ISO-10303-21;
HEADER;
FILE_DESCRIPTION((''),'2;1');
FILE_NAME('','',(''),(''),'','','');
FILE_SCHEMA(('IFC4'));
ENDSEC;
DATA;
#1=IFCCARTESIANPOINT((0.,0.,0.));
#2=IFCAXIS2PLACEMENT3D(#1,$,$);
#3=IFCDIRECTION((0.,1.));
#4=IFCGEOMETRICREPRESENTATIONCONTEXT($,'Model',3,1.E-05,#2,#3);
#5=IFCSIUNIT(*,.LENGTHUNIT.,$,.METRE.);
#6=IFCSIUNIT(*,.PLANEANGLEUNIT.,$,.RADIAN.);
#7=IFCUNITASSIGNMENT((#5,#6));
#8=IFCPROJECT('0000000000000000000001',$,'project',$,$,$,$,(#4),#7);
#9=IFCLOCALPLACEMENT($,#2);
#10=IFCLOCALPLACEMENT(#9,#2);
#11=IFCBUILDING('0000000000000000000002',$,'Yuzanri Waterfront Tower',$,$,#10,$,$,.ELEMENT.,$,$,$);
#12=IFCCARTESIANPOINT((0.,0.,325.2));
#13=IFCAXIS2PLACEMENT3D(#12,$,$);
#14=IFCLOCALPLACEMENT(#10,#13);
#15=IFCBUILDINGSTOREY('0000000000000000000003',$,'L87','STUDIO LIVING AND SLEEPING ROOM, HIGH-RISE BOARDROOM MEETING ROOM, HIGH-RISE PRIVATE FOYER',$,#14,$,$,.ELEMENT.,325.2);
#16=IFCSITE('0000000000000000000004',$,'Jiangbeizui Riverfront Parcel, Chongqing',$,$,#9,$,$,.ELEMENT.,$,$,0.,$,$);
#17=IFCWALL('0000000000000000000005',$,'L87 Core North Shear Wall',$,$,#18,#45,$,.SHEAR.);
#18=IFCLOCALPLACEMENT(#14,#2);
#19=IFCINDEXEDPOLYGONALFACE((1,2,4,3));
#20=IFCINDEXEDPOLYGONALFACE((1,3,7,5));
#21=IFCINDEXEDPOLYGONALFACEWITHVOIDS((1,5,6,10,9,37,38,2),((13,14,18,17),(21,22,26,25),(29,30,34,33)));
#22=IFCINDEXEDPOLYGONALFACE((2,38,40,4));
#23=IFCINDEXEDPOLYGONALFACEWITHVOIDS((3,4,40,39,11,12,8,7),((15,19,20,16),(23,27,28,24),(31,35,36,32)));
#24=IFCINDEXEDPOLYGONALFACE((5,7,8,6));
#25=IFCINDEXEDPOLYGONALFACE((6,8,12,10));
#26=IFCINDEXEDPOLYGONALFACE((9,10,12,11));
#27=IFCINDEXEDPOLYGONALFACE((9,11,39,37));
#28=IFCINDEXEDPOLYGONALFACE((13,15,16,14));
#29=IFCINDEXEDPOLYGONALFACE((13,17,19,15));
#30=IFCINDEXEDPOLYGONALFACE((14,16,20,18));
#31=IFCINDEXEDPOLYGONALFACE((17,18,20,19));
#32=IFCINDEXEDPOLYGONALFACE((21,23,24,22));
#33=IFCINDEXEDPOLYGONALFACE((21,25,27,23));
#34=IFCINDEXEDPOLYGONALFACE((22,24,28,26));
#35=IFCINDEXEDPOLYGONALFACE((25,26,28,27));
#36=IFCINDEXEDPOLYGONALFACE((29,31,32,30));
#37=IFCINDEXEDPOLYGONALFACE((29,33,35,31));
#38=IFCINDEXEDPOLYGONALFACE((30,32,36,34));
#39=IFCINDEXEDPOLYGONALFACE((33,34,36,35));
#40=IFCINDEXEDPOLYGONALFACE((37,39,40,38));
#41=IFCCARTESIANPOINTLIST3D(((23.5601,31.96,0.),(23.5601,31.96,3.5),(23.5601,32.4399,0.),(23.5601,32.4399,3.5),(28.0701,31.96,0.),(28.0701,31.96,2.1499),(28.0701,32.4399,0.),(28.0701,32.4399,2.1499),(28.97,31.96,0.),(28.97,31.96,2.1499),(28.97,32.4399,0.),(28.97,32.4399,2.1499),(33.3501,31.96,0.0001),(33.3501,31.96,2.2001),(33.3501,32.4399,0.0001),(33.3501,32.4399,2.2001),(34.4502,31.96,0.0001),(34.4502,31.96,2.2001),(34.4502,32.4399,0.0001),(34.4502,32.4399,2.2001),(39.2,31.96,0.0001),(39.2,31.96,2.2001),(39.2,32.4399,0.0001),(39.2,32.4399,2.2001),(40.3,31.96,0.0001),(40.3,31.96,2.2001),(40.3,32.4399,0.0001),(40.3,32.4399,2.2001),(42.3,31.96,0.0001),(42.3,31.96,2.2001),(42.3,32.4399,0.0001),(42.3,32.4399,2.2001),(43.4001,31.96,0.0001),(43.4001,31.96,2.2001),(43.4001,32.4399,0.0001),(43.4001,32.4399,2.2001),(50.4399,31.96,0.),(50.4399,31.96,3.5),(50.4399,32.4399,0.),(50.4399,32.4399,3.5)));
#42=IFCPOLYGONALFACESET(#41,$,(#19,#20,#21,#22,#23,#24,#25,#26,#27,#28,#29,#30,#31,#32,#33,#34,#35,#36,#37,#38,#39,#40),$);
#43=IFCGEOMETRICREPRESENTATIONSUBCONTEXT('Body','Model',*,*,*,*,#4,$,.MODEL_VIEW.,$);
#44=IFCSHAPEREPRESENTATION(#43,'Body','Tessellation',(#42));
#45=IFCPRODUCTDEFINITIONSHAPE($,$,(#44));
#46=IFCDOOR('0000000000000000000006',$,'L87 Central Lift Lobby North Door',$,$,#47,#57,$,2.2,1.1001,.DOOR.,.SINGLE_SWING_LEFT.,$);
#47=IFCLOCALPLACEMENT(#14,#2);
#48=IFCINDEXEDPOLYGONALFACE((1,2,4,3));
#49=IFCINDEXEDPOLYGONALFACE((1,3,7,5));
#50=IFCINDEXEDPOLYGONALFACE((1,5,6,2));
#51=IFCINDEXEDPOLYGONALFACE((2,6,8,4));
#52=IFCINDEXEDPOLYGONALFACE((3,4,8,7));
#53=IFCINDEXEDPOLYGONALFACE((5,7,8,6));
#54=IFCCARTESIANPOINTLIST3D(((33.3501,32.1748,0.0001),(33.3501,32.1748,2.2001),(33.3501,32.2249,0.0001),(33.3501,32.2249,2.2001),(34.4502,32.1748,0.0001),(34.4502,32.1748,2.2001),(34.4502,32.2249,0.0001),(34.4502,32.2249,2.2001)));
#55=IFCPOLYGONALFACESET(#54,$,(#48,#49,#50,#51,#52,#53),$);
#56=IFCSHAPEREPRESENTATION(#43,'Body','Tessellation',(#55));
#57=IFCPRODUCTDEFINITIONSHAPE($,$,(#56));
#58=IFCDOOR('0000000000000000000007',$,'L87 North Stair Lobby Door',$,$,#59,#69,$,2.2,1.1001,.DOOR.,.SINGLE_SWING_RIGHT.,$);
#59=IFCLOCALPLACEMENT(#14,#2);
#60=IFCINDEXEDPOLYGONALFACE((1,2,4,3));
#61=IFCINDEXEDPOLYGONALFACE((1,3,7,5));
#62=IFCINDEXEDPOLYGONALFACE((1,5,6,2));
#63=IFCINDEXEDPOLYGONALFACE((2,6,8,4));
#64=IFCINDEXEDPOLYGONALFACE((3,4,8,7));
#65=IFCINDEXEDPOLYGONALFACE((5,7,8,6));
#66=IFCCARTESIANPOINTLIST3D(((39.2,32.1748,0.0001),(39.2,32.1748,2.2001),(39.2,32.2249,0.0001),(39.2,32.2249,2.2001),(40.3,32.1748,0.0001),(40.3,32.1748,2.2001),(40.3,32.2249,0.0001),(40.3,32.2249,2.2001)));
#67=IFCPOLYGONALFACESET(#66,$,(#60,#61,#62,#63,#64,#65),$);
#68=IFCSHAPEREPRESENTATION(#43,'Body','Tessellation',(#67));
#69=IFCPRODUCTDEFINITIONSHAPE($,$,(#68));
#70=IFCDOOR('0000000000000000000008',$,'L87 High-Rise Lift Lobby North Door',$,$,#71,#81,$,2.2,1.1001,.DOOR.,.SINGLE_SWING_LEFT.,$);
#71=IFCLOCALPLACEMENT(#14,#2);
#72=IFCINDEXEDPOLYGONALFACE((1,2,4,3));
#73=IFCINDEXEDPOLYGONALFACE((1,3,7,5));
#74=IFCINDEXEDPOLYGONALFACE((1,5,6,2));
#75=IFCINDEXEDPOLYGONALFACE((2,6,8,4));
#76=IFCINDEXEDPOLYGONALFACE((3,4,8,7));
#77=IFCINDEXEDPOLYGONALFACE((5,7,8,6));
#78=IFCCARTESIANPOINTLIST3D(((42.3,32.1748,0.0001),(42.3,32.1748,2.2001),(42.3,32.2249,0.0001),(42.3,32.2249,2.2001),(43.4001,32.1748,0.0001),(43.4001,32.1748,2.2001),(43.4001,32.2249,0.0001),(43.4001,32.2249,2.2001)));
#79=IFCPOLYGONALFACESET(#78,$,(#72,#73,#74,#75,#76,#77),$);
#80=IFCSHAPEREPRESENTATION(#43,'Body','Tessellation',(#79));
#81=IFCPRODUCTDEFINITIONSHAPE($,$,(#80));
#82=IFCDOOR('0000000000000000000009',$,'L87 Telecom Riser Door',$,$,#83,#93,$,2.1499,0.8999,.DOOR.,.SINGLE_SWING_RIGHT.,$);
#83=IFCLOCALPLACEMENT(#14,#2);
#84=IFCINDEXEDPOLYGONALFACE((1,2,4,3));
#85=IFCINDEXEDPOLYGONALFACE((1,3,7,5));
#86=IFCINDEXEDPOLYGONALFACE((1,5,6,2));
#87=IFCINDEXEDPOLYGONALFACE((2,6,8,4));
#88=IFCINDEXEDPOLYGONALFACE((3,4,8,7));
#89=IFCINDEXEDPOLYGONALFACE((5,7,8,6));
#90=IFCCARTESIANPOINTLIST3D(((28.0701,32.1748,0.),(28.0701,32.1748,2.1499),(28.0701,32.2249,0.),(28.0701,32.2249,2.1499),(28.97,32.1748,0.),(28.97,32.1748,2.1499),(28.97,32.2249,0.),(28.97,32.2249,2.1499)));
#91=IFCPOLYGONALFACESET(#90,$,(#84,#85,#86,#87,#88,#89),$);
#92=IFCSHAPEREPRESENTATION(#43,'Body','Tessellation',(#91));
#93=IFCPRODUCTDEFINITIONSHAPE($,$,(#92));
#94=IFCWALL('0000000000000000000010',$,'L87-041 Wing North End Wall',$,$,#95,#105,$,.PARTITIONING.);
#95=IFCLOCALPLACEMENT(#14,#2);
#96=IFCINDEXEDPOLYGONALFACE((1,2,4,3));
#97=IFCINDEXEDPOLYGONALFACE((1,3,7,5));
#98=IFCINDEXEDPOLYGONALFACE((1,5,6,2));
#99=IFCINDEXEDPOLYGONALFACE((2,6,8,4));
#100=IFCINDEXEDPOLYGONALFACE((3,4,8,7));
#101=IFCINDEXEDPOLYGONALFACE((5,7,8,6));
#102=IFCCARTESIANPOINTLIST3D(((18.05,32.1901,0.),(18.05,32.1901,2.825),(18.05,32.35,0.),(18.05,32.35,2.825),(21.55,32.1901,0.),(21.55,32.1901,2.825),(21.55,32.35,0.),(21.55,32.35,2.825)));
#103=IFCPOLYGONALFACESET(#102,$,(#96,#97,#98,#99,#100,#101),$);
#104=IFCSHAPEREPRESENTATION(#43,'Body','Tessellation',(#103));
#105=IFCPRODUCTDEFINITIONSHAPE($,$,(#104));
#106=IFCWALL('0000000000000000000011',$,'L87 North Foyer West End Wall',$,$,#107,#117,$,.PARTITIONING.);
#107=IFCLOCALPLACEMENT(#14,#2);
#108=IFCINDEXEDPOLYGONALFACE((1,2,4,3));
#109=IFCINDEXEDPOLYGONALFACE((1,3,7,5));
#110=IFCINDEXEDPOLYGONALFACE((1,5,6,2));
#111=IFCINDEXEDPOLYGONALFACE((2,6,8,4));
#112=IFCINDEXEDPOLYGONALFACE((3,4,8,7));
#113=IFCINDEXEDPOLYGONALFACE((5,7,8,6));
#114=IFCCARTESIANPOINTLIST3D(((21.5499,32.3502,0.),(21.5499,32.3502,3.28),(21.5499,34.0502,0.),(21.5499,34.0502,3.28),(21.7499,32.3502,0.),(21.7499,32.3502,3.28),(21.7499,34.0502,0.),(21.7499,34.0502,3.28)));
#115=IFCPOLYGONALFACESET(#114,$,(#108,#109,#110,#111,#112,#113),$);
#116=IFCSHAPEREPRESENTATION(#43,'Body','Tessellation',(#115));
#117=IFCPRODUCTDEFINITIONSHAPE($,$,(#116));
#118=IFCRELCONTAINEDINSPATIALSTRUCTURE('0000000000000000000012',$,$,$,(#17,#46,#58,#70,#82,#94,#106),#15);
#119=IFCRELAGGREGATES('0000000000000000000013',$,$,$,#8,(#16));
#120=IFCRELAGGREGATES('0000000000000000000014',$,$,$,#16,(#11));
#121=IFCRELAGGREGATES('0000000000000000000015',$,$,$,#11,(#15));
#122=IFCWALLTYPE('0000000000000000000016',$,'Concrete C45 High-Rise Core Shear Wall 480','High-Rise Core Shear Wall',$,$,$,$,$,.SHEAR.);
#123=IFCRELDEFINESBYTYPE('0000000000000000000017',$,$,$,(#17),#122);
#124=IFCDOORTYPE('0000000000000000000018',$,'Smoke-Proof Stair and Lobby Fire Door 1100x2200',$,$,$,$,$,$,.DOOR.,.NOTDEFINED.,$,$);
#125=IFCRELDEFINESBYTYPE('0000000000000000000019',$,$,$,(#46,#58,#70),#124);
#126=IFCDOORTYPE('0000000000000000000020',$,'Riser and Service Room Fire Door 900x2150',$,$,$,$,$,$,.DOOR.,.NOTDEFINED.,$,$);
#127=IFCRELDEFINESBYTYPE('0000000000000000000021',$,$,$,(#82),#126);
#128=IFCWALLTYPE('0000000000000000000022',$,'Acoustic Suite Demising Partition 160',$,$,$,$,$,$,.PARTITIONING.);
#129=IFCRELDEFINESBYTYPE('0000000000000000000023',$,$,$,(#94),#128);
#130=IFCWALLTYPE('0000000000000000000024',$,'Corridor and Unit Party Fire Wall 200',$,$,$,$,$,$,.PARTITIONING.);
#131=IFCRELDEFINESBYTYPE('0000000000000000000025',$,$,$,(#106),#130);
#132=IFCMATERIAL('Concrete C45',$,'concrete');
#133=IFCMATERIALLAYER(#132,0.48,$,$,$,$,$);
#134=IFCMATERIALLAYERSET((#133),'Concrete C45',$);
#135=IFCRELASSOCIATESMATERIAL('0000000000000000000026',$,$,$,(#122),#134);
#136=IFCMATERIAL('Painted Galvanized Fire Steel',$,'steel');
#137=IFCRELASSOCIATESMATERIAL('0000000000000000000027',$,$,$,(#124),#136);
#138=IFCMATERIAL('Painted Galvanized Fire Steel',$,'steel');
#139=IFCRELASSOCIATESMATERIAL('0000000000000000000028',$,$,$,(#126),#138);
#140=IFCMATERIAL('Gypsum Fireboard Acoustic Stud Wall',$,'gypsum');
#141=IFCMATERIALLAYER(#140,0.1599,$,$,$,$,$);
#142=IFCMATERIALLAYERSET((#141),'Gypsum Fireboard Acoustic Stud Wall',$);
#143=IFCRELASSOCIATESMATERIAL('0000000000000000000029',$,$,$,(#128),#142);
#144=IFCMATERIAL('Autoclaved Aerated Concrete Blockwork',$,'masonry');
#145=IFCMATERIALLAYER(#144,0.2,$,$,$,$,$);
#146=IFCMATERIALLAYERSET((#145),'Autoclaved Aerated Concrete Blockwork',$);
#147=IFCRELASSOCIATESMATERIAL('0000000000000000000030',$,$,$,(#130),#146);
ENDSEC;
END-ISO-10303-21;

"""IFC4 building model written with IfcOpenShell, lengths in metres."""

from ifc_helpers import new_model, si_unit, direction, frame, frame_2d, origin, place, context, subcontext, project, spatial, rectangle, extrude, source, transform, mapped, material, layer, layer_set, type_object, element, fill, save


model = new_model("IFC4")

# Units and contexts
model_context = context("Model", 3, precision=1e-05, world=origin(), true_north=direction((0.0, 1.0)))
body_context = subcontext(model_context, "Body", "Model", "MODEL_VIEW")
ifc_project = project(units=[si_unit("LENGTHUNIT", "METRE"), si_unit("PLANEANGLEUNIT", "RADIAN")], contexts=[model_context])

# Site, building, storey
site_placement = place(None, origin())
site = spatial("IfcSite", under=ifc_project, at=site_placement, Name="Jiangbeizui Riverfront Parcel, Chongqing", CompositionType="ELEMENT", RefElevation=0.0)
building_placement = place(site_placement, origin())
building = spatial("IfcBuilding", under=site, at=building_placement, Name="Yuzanri Waterfront Tower", CompositionType="ELEMENT")
storey_placement = place(building_placement, frame((0.0, 0.0, 325.2)))
storey = spatial("IfcBuildingStorey", under=building, at=storey_placement, Name="L87", Description="STUDIO LIVING AND SLEEPING ROOM, HIGH-RISE BOARDROOM MEETING ROOM, HIGH-RISE PRIVATE FOYER", CompositionType="ELEMENT", Elevation=325.2)

# Wall, openings, doors
ifc_material_1 = material(Name="Concrete C45", Category="concrete")
ifc_layer_1 = layer(ifc_material_1, 0.48)
ifc_layer_set_1 = layer_set([ifc_layer_1], Name="Concrete C45")
wall_type_1 = type_object("IfcWallType", Name="Concrete C45 High-Rise Core Shear Wall 480", Description="High-Rise Core Shear Wall", PredefinedType="SHEAR", material=ifc_layer_set_1)
wall_1_placement = place(storey_placement, frame((23.5601, 32.2, 0.0), z_axis=(0.0, 0.0, 1.0), x_axis=(1.0, 0.0, 0.0)))
wall_1 = element("IfcWall", 1, at=wall_1_placement, inside=storey, type_object=wall_type_1, Name="L87 Core North Shear Wall", PredefinedType="SHEAR", context=body_context, shape_type="SweptSolid", body=[
    extrude(rectangle(XDim=26.8799, YDim=0.48, at=frame_2d((13.4399, 0.0))), origin(), (0.0, 0.0, 1.0), 3.5),
])
opening_1_placement = place(wall_1_placement, frame((4.51, 0.0, 0.0)))
opening_1 = element("IfcOpeningElement", 2, at=opening_1_placement, cuts=wall_1, PredefinedType="OPENING", context=body_context, shape_type="SweptSolid", body=[
    extrude(rectangle(XDim=0.8999, YDim=2.1499, at=frame_2d((0.45, 1.075))), frame((0.0, 0.2549, 0.0), z_axis=(0.0, -1.0, 0.0), x_axis=(1.0, 0.0, 0.0)), (0.0, 0.0, 1.0), 0.5098),
])
opening_2_placement = place(wall_1_placement, frame((9.79, 0.0, 0.0)))
opening_2 = element("IfcOpeningElement", 3, at=opening_2_placement, cuts=wall_1, PredefinedType="OPENING", context=body_context, shape_type="SweptSolid", body=[
    extrude(rectangle(XDim=1.1001, YDim=2.2, at=frame_2d((0.55, 1.1001))), frame((0.0, 0.2549, 0.0), z_axis=(0.0, -1.0, 0.0), x_axis=(1.0, 0.0, 0.0)), (0.0, 0.0, 1.0), 0.5098),
])
opening_3_placement = place(wall_1_placement, frame((15.6399, 0.0, 0.0)))
opening_3 = element("IfcOpeningElement", 4, at=opening_3_placement, cuts=wall_1, PredefinedType="OPENING", context=body_context, shape_type="SweptSolid", body=[
    extrude(rectangle(XDim=1.1001, YDim=2.2, at=frame_2d((0.55, 1.1001))), frame((0.0, 0.2549, 0.0), z_axis=(0.0, -1.0, 0.0), x_axis=(1.0, 0.0, 0.0)), (0.0, 0.0, 1.0), 0.5098),
])
opening_4_placement = place(wall_1_placement, frame((18.74, 0.0, 0.0)))
opening_4 = element("IfcOpeningElement", 5, at=opening_4_placement, cuts=wall_1, PredefinedType="OPENING", context=body_context, shape_type="SweptSolid", body=[
    extrude(rectangle(XDim=1.1001, YDim=2.2, at=frame_2d((0.55, 1.1001))), frame((0.0, 0.2549, 0.0), z_axis=(0.0, -1.0, 0.0), x_axis=(1.0, 0.0, 0.0)), (0.0, 0.0, 1.0), 0.5098),
])
ifc_material_2 = material(Name="Painted Galvanized Fire Steel", Category="steel")
door_type_1 = type_object("IfcDoorType", Name="Smoke-Proof Stair and Lobby Fire Door 1100x2200", OperationType="NOTDEFINED", PredefinedType="DOOR", material=ifc_material_2)
shared_shape_1 = source(origin(), body_context, "Body", "SweptSolid", [
    extrude(rectangle(XDim=1.1001, YDim=2.2, at=frame_2d((0.55, 1.1001))), frame((0.0, 0.0249, 0.0), z_axis=(0.0, -1.0, 0.0), x_axis=(1.0, 0.0, 0.0)), (0.0, 0.0, 1.0), 0.05),
])
door_1_placement = place(opening_2_placement, origin())
door_1 = element("IfcDoor", 6, at=door_1_placement, inside=storey, type_object=door_type_1, Name="L87 Central Lift Lobby North Door", OperationType="SINGLE_SWING_LEFT", OverallHeight=2.2, OverallWidth=1.1001, PredefinedType="DOOR", context=body_context, shape_type="MappedRepresentation", body=[
    mapped(shared_shape_1, transform((0.0, 0.0, 0.0), scale=1.0)),
])
fill(opening_2, door_1)
door_2_placement = place(opening_3_placement, origin())
door_2 = element("IfcDoor", 7, at=door_2_placement, inside=storey, type_object=door_type_1, Name="L87 North Stair Lobby Door", OperationType="SINGLE_SWING_RIGHT", OverallHeight=2.2, OverallWidth=1.1001, PredefinedType="DOOR", context=body_context, shape_type="MappedRepresentation", body=[
    mapped(shared_shape_1, transform((0.0, 0.0, 0.0), scale=1.0)),
])
fill(opening_3, door_2)
door_3_placement = place(opening_4_placement, origin())
door_3 = element("IfcDoor", 8, at=door_3_placement, inside=storey, type_object=door_type_1, Name="L87 High-Rise Lift Lobby North Door", OperationType="SINGLE_SWING_LEFT", OverallHeight=2.2, OverallWidth=1.1001, PredefinedType="DOOR", context=body_context, shape_type="MappedRepresentation", body=[
    mapped(shared_shape_1, transform((0.0, 0.0, 0.0), scale=1.0)),
])
fill(opening_4, door_3)
ifc_material_3 = material(Name="Painted Galvanized Fire Steel", Category="steel")
door_type_2 = type_object("IfcDoorType", Name="Riser and Service Room Fire Door 900x2150", OperationType="NOTDEFINED", PredefinedType="DOOR", material=ifc_material_3)
shared_shape_2 = source(origin(), body_context, "Body", "SweptSolid", [
    extrude(rectangle(XDim=0.8999, YDim=2.1499, at=frame_2d((0.45, 1.075))), frame((0.0, 0.0249, 0.0), z_axis=(0.0, -1.0, 0.0), x_axis=(1.0, 0.0, 0.0)), (0.0, 0.0, 1.0), 0.05),
])
door_4_placement = place(opening_1_placement, origin())
door_4 = element("IfcDoor", 9, at=door_4_placement, inside=storey, type_object=door_type_2, Name="L87 Telecom Riser Door", OperationType="SINGLE_SWING_RIGHT", OverallHeight=2.1499, OverallWidth=0.8999, PredefinedType="DOOR", context=body_context, shape_type="MappedRepresentation", body=[
    mapped(shared_shape_2, transform((0.0, 0.0, 0.0), scale=1.0)),
])
fill(opening_1, door_4)

# Walls
ifc_material_4 = material(Name="Gypsum Fireboard Acoustic Stud Wall", Category="gypsum")
ifc_layer_2 = layer(ifc_material_4, 0.1599)
ifc_layer_set_2 = layer_set([ifc_layer_2], Name="Gypsum Fireboard Acoustic Stud Wall")
wall_type_2 = type_object("IfcWallType", Name="Acoustic Suite Demising Partition 160", PredefinedType="PARTITIONING", material=ifc_layer_set_2)
shared_shape_3 = source(origin(), body_context, "Body", "SweptSolid", [
    extrude(rectangle(XDim=3.5, YDim=0.1599, at=frame_2d((1.75, 0.0))), origin(), (0.0, 0.0, 1.0), 2.825),
])
wall_2_placement = place(storey_placement, frame((18.05, 32.27, 0.0), z_axis=(0.0, 0.0, 1.0), x_axis=(1.0, 0.0, 0.0)))
element("IfcWall", 10, at=wall_2_placement, inside=storey, type_object=wall_type_2, Name="L87-041 Wing North End Wall", PredefinedType="PARTITIONING", context=body_context, shape_type="MappedRepresentation", body=[
    mapped(shared_shape_3, transform((0.0, 0.0, 0.0), scale=1.0)),
])
ifc_material_5 = material(Name="Autoclaved Aerated Concrete Blockwork", Category="masonry")
ifc_layer_3 = layer(ifc_material_5, 0.2)
ifc_layer_set_3 = layer_set([ifc_layer_3], Name="Autoclaved Aerated Concrete Blockwork")
wall_type_3 = type_object("IfcWallType", Name="Corridor and Unit Party Fire Wall 200", PredefinedType="PARTITIONING", material=ifc_layer_set_3)
shared_shape_4 = source(origin(), body_context, "Body", "SweptSolid", [
    extrude(rectangle(XDim=1.7, YDim=0.2, at=frame_2d((0.8501, 0.0))), origin(), (0.0, 0.0, 1.0), 3.28),
])
wall_3_placement = place(storey_placement, frame((21.6499, 32.3501, 0.0), z_axis=(0.0, 0.0, 1.0), x_axis=(0.0, 1.0, 0.0)))
element("IfcWall", 11, at=wall_3_placement, inside=storey, type_object=wall_type_3, Name="L87 North Foyer West End Wall", PredefinedType="PARTITIONING", context=body_context, shape_type="MappedRepresentation", body=[
    mapped(shared_shape_4, transform((0.0, 0.0, 0.0), scale=1.0)),
])

save(model, "model.ifc")
